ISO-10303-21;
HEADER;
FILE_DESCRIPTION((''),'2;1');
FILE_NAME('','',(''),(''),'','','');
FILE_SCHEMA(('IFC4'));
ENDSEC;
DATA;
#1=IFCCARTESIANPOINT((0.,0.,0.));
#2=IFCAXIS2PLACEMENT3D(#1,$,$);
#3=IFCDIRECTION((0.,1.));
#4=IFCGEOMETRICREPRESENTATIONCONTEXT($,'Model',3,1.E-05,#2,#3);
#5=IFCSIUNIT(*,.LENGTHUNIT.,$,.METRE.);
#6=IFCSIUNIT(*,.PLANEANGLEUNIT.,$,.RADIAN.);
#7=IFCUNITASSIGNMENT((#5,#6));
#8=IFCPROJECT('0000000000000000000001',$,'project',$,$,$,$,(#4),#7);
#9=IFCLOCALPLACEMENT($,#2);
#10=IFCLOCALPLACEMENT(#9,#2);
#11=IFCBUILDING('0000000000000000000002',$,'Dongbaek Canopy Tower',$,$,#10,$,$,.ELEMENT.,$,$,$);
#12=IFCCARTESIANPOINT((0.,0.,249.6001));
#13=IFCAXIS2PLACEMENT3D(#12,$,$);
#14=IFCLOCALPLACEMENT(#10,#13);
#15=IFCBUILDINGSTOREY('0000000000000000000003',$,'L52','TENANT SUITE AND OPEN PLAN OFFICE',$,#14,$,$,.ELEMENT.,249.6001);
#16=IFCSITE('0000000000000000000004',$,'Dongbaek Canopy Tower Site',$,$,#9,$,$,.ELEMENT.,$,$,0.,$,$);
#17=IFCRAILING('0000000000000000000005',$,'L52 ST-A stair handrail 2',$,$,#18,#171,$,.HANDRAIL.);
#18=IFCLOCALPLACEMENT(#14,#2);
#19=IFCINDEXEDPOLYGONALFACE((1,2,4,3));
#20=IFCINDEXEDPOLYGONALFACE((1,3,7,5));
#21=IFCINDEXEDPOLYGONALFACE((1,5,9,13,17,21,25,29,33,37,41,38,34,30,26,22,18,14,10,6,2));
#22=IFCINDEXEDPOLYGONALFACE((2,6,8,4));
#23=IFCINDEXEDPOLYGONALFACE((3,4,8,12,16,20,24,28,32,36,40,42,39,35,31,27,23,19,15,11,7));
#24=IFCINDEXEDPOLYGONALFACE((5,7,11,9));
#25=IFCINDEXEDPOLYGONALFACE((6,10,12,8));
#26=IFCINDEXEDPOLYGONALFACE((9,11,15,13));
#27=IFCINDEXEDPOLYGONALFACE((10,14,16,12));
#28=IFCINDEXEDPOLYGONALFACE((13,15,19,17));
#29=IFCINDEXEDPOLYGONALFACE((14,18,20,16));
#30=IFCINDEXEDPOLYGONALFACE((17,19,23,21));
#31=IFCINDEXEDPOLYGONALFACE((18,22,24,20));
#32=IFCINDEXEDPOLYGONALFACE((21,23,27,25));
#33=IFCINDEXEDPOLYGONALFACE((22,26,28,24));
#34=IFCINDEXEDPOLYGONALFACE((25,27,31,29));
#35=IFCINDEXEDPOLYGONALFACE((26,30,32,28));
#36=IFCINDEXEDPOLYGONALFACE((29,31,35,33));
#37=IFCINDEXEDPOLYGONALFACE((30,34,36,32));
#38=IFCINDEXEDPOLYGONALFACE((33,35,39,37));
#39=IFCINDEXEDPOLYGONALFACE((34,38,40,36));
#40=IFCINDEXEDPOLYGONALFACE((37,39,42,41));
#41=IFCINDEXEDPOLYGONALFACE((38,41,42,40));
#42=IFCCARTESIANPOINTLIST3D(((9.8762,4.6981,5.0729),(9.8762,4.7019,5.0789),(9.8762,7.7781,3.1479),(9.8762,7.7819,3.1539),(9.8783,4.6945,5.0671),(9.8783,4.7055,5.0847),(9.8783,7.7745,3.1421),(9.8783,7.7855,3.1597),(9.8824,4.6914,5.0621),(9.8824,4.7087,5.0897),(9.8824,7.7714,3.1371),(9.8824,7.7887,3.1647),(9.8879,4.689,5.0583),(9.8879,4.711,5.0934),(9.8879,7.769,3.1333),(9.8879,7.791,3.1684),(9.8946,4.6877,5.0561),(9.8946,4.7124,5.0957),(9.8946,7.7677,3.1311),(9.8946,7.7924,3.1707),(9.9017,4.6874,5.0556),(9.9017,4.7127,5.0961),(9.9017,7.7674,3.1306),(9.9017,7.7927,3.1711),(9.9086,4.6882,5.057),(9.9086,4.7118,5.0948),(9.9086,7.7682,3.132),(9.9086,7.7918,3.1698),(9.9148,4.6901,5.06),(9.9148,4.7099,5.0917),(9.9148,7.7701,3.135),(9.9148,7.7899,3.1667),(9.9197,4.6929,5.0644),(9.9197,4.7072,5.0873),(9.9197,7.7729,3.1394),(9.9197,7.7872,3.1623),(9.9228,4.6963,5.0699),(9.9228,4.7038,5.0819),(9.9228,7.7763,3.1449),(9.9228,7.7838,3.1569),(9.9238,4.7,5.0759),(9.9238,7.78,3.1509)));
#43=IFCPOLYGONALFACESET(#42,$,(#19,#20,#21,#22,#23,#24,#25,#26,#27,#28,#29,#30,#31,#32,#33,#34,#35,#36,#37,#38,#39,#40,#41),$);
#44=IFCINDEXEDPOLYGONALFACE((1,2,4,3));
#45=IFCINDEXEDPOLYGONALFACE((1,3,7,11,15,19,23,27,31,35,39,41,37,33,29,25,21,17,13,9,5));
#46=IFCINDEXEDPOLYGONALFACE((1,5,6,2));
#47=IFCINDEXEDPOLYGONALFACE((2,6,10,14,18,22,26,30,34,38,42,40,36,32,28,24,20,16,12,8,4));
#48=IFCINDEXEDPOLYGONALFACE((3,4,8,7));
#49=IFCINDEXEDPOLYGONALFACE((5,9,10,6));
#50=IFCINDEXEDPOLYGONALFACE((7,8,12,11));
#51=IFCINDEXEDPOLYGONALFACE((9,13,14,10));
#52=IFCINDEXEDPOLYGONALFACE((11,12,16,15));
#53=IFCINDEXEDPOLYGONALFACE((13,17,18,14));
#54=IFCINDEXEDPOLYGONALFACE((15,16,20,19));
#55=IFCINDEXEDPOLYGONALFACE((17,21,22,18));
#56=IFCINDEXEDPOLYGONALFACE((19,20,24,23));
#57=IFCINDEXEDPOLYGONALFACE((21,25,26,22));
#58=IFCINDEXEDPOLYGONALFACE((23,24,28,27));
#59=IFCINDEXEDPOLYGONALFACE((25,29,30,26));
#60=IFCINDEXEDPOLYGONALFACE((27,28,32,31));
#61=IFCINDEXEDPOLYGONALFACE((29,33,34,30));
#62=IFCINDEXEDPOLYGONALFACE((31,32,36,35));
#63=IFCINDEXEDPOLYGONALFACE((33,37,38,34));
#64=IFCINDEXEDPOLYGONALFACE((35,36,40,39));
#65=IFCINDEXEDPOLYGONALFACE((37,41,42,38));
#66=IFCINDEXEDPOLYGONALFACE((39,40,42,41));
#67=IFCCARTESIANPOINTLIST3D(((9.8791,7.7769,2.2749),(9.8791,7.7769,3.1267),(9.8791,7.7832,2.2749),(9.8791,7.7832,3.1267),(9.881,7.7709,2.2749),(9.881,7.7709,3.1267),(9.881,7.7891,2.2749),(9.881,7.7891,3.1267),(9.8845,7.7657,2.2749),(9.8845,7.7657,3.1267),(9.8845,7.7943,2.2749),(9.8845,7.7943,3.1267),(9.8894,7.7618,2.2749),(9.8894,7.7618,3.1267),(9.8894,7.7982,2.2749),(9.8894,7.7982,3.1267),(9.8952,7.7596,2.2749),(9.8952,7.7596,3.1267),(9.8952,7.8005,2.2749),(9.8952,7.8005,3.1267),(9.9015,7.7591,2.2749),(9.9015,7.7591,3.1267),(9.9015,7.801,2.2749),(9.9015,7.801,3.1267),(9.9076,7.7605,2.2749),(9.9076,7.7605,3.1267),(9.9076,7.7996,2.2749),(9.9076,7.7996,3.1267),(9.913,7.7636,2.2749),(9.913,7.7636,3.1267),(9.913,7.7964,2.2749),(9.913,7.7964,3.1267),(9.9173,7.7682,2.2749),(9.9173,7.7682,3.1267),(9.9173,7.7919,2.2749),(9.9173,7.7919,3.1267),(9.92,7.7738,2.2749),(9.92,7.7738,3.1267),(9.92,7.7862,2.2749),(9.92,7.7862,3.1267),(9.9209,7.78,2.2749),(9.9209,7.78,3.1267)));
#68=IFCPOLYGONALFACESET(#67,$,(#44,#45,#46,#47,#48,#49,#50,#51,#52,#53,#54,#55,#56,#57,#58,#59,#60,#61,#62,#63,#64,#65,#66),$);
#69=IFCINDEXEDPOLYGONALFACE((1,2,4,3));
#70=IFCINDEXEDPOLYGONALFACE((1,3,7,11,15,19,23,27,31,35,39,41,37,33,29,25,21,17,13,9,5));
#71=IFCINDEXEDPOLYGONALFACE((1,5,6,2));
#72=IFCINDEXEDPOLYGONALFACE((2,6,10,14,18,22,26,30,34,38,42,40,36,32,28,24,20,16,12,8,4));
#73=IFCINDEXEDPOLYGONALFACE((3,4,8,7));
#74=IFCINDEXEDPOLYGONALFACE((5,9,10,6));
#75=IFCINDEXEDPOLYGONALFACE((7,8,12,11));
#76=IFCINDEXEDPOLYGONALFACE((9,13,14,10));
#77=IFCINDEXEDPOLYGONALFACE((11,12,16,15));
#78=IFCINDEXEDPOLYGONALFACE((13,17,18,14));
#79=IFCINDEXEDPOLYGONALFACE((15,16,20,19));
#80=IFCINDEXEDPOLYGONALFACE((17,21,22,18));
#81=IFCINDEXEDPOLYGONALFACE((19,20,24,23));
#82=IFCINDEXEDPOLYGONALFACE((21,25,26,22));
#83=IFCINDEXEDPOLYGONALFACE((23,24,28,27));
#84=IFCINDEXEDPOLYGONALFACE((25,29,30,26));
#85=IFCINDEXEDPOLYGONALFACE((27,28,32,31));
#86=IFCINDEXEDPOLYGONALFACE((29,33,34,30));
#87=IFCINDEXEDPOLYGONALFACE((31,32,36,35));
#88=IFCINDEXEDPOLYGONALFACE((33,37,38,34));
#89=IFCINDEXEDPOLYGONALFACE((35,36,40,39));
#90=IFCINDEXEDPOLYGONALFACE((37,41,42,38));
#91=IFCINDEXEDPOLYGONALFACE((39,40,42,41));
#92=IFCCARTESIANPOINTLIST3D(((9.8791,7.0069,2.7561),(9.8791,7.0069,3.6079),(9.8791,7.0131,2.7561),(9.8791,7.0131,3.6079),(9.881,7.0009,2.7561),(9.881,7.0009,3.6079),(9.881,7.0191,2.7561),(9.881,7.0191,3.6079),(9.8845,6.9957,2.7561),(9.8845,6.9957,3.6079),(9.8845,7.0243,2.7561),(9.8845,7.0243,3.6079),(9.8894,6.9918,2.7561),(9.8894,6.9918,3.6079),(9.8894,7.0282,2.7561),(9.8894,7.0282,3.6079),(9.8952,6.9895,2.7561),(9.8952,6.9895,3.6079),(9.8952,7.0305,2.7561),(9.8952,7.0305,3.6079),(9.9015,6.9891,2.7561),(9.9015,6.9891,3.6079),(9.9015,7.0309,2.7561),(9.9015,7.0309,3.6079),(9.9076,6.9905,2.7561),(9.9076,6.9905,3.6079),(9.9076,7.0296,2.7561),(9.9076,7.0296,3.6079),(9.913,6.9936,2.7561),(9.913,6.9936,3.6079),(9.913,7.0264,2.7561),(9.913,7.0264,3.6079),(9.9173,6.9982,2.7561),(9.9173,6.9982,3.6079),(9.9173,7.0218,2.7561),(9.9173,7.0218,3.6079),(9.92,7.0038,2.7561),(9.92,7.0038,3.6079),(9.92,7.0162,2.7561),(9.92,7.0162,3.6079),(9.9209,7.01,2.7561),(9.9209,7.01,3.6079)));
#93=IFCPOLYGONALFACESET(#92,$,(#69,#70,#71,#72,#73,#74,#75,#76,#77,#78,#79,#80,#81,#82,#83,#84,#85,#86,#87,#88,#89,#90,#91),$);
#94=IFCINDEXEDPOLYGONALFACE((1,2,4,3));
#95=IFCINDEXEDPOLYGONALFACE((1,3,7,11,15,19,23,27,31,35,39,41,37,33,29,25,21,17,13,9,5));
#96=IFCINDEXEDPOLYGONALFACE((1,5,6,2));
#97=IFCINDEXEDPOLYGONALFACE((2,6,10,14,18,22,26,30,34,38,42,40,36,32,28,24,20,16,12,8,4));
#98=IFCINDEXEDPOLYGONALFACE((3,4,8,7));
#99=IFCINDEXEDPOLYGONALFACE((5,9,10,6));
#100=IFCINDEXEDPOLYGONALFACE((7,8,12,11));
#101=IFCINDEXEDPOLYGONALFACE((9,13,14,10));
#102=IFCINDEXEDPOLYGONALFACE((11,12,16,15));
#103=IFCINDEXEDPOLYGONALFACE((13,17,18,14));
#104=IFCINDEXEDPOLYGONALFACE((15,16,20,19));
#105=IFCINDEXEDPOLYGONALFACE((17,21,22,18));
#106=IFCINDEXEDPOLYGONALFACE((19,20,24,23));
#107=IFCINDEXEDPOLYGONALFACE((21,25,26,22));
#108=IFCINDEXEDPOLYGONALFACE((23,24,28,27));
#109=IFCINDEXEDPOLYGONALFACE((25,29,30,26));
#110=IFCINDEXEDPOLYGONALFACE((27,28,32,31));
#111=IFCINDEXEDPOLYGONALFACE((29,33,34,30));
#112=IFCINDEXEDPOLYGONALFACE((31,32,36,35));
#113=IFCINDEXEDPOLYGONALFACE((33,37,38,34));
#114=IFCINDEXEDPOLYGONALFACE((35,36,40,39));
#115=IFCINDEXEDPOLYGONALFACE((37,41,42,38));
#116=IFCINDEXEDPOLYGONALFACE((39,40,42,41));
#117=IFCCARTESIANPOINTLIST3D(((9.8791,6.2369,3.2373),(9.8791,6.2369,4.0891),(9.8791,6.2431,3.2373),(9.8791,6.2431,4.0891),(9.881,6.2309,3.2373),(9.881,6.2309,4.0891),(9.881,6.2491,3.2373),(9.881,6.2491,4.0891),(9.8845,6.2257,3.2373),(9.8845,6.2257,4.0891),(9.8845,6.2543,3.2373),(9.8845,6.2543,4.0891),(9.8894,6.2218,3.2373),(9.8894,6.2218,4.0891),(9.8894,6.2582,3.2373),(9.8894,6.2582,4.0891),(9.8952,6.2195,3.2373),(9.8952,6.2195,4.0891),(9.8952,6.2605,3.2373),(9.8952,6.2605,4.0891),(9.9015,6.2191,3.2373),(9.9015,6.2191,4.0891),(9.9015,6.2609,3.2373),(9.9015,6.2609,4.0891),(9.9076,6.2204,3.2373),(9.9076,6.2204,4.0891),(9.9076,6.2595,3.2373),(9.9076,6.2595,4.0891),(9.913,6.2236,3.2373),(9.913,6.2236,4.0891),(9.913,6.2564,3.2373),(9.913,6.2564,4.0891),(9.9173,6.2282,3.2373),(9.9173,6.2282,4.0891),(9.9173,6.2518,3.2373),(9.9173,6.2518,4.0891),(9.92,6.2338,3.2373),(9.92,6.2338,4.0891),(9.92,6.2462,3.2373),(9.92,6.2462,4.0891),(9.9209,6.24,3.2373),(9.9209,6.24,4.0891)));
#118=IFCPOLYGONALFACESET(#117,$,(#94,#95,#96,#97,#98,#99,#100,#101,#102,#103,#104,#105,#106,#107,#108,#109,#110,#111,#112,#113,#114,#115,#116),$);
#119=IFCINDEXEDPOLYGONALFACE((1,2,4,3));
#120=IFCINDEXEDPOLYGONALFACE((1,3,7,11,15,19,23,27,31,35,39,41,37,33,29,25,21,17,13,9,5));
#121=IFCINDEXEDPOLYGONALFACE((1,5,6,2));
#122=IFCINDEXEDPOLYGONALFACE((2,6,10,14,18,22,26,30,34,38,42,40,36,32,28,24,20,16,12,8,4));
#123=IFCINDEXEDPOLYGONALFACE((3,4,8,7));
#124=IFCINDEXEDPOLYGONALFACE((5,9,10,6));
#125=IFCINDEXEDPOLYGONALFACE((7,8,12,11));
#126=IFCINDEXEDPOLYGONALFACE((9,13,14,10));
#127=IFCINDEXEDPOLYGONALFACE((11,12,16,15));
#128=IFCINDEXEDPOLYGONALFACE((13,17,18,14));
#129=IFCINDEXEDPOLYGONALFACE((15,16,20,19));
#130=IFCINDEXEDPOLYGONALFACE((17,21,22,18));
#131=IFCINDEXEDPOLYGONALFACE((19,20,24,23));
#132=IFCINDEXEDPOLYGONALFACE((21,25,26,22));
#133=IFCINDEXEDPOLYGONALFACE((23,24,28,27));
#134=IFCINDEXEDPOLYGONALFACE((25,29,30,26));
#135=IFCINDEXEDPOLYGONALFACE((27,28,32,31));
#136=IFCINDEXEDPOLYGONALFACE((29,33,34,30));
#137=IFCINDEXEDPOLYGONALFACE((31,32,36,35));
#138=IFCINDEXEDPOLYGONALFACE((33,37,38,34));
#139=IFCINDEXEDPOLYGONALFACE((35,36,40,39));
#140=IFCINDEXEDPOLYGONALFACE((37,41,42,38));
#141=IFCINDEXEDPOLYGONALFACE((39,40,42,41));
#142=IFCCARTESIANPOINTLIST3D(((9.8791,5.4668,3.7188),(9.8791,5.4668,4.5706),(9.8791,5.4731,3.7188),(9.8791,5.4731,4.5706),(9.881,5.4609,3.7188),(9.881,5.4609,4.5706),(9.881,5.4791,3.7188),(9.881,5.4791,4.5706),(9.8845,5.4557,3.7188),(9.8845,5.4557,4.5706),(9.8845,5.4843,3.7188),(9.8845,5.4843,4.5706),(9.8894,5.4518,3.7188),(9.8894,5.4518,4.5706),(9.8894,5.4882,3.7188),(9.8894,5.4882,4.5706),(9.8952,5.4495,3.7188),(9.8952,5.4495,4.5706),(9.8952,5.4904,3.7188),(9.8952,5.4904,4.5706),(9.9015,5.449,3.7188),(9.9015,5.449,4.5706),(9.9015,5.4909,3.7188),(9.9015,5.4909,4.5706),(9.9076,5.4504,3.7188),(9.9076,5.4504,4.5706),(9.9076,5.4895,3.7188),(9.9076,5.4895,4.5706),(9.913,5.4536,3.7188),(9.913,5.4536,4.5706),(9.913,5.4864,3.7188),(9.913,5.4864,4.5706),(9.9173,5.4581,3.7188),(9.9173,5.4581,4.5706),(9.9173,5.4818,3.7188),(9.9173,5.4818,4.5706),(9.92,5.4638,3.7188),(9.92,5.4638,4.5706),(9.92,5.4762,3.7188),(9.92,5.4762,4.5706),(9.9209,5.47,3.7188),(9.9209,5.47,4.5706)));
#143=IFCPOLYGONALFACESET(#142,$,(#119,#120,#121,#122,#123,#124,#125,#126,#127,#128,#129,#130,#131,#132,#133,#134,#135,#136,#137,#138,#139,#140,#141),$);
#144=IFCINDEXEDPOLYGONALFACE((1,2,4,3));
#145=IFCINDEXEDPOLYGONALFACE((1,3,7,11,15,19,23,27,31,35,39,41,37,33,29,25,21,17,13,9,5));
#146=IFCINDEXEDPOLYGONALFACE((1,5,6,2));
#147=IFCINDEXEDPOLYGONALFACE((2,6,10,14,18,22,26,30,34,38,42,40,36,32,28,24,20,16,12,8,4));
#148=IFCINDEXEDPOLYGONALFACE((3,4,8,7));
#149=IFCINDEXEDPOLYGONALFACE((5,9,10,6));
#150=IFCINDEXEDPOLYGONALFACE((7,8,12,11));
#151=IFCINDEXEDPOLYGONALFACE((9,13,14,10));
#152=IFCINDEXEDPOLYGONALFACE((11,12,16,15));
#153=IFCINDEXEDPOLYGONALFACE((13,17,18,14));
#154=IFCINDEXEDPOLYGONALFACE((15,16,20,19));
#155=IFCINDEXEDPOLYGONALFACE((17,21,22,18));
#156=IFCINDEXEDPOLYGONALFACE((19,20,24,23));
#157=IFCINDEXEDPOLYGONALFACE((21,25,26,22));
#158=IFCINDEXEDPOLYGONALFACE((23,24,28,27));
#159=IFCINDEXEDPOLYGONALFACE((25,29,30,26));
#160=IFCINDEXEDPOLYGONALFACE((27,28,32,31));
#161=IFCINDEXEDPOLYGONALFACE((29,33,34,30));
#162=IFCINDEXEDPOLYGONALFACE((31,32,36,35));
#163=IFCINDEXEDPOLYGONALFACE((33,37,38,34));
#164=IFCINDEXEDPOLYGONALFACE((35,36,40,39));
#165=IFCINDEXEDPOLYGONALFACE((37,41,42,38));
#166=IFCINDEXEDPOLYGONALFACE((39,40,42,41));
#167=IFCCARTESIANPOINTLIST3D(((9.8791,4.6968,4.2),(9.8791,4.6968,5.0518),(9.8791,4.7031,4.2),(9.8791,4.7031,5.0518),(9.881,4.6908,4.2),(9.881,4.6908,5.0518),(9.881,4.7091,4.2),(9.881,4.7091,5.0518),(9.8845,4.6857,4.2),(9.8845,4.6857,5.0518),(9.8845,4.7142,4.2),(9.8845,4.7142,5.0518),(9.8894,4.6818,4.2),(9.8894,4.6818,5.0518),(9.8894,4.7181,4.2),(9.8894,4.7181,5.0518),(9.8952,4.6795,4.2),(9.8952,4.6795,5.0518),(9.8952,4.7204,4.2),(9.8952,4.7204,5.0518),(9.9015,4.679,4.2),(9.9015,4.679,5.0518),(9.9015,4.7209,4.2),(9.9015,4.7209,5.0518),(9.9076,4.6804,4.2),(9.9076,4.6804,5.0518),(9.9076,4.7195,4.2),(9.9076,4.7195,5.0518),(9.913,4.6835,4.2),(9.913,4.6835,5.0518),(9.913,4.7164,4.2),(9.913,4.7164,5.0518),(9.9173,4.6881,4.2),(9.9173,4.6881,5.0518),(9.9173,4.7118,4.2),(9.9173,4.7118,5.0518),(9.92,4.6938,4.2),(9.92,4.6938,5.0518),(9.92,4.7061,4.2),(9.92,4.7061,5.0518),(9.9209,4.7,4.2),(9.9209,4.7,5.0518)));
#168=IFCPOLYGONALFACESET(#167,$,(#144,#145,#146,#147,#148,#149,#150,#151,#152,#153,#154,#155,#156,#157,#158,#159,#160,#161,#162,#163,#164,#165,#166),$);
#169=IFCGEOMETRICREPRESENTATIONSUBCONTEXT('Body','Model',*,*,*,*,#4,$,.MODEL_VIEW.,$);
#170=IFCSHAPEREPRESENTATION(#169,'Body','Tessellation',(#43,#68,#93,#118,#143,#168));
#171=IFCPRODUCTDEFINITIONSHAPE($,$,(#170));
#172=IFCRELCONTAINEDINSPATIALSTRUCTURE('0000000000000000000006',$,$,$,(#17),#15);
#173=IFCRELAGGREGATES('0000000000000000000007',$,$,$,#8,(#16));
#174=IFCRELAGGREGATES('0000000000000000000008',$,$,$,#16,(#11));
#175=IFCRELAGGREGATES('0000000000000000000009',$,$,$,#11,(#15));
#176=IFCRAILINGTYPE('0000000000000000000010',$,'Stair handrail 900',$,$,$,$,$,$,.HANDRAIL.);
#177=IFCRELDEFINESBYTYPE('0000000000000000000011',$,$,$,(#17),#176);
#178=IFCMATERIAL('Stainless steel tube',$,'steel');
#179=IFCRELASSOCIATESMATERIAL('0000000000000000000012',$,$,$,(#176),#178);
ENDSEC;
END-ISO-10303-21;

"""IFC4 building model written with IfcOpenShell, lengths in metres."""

from ifc_helpers import new_model, si_unit, direction, frame, origin, origin_2d, place, context, subcontext, project, spatial, circle, extrude, material, type_object, element, save


model = new_model("IFC4")

# Units and contexts
model_context = context("Model", 3, precision=1e-05, world=origin(), true_north=direction((0.0, 1.0)))
body_context = subcontext(model_context, "Body", "Model", "MODEL_VIEW")
ifc_project = project(units=[si_unit("LENGTHUNIT", "METRE"), si_unit("PLANEANGLEUNIT", "RADIAN")], contexts=[model_context])

# Site, building, storey
site_placement = place(None, origin())
site = spatial("IfcSite", under=ifc_project, at=site_placement, Name="Dongbaek Canopy Tower Site", CompositionType="ELEMENT", RefElevation=0.0)
building_placement = place(site_placement, origin())
building = spatial("IfcBuilding", under=site, at=building_placement, Name="Dongbaek Canopy Tower", CompositionType="ELEMENT")
storey_placement = place(building_placement, frame((0.0, 0.0, 249.6001)))
storey = spatial("IfcBuildingStorey", under=building, at=storey_placement, Name="L52", Description="TENANT SUITE AND OPEN PLAN OFFICE", CompositionType="ELEMENT", Elevation=249.6001)

# Railing
ifc_material_1 = material(Name="Stainless steel tube", Category="steel")
railing_type_1 = type_object("IfcRailingType", Name="Stair handrail 900", PredefinedType="HANDRAIL", material=ifc_material_1)
railing_1_placement = place(storey_placement, frame((9.8999, 7.78, 2.2749)))
element("IfcRailing", 1, at=railing_1_placement, inside=storey, type_object=railing_type_1, Name="L52 ST-A stair handrail 2", PredefinedType="HANDRAIL", context=body_context, shape_type="SweptSolid", body=[
    extrude(circle(Radius=0.0239, at=origin_2d()), frame((0.0, 0.0, 0.876), z_axis=(0.0, -0.847998, 0.529999), x_axis=(1.0, 0.0, 0.0)), (0.0, 0.0, 1.0), 3.6321),
    extrude(circle(Radius=0.021, at=origin_2d()), origin(), (0.0, 0.0, 1.0), 0.8518),
    extrude(circle(Radius=0.021, at=origin_2d()), frame((0.0, -0.77, 0.4812)), (0.0, 0.0, 1.0), 0.8518),
    extrude(circle(Radius=0.021, at=origin_2d()), frame((0.0, -1.54, 0.9624)), (0.0, 0.0, 1.0), 0.8518),
    extrude(circle(Radius=0.021, at=origin_2d()), frame((0.0, -2.3101, 1.4438)), (0.0, 0.0, 1.0), 0.8518),
    extrude(circle(Radius=0.021, at=origin_2d()), frame((0.0, -3.0801, 1.925)), (0.0, 0.0, 1.0), 0.8518),
])

save(model, "model.ifc")
